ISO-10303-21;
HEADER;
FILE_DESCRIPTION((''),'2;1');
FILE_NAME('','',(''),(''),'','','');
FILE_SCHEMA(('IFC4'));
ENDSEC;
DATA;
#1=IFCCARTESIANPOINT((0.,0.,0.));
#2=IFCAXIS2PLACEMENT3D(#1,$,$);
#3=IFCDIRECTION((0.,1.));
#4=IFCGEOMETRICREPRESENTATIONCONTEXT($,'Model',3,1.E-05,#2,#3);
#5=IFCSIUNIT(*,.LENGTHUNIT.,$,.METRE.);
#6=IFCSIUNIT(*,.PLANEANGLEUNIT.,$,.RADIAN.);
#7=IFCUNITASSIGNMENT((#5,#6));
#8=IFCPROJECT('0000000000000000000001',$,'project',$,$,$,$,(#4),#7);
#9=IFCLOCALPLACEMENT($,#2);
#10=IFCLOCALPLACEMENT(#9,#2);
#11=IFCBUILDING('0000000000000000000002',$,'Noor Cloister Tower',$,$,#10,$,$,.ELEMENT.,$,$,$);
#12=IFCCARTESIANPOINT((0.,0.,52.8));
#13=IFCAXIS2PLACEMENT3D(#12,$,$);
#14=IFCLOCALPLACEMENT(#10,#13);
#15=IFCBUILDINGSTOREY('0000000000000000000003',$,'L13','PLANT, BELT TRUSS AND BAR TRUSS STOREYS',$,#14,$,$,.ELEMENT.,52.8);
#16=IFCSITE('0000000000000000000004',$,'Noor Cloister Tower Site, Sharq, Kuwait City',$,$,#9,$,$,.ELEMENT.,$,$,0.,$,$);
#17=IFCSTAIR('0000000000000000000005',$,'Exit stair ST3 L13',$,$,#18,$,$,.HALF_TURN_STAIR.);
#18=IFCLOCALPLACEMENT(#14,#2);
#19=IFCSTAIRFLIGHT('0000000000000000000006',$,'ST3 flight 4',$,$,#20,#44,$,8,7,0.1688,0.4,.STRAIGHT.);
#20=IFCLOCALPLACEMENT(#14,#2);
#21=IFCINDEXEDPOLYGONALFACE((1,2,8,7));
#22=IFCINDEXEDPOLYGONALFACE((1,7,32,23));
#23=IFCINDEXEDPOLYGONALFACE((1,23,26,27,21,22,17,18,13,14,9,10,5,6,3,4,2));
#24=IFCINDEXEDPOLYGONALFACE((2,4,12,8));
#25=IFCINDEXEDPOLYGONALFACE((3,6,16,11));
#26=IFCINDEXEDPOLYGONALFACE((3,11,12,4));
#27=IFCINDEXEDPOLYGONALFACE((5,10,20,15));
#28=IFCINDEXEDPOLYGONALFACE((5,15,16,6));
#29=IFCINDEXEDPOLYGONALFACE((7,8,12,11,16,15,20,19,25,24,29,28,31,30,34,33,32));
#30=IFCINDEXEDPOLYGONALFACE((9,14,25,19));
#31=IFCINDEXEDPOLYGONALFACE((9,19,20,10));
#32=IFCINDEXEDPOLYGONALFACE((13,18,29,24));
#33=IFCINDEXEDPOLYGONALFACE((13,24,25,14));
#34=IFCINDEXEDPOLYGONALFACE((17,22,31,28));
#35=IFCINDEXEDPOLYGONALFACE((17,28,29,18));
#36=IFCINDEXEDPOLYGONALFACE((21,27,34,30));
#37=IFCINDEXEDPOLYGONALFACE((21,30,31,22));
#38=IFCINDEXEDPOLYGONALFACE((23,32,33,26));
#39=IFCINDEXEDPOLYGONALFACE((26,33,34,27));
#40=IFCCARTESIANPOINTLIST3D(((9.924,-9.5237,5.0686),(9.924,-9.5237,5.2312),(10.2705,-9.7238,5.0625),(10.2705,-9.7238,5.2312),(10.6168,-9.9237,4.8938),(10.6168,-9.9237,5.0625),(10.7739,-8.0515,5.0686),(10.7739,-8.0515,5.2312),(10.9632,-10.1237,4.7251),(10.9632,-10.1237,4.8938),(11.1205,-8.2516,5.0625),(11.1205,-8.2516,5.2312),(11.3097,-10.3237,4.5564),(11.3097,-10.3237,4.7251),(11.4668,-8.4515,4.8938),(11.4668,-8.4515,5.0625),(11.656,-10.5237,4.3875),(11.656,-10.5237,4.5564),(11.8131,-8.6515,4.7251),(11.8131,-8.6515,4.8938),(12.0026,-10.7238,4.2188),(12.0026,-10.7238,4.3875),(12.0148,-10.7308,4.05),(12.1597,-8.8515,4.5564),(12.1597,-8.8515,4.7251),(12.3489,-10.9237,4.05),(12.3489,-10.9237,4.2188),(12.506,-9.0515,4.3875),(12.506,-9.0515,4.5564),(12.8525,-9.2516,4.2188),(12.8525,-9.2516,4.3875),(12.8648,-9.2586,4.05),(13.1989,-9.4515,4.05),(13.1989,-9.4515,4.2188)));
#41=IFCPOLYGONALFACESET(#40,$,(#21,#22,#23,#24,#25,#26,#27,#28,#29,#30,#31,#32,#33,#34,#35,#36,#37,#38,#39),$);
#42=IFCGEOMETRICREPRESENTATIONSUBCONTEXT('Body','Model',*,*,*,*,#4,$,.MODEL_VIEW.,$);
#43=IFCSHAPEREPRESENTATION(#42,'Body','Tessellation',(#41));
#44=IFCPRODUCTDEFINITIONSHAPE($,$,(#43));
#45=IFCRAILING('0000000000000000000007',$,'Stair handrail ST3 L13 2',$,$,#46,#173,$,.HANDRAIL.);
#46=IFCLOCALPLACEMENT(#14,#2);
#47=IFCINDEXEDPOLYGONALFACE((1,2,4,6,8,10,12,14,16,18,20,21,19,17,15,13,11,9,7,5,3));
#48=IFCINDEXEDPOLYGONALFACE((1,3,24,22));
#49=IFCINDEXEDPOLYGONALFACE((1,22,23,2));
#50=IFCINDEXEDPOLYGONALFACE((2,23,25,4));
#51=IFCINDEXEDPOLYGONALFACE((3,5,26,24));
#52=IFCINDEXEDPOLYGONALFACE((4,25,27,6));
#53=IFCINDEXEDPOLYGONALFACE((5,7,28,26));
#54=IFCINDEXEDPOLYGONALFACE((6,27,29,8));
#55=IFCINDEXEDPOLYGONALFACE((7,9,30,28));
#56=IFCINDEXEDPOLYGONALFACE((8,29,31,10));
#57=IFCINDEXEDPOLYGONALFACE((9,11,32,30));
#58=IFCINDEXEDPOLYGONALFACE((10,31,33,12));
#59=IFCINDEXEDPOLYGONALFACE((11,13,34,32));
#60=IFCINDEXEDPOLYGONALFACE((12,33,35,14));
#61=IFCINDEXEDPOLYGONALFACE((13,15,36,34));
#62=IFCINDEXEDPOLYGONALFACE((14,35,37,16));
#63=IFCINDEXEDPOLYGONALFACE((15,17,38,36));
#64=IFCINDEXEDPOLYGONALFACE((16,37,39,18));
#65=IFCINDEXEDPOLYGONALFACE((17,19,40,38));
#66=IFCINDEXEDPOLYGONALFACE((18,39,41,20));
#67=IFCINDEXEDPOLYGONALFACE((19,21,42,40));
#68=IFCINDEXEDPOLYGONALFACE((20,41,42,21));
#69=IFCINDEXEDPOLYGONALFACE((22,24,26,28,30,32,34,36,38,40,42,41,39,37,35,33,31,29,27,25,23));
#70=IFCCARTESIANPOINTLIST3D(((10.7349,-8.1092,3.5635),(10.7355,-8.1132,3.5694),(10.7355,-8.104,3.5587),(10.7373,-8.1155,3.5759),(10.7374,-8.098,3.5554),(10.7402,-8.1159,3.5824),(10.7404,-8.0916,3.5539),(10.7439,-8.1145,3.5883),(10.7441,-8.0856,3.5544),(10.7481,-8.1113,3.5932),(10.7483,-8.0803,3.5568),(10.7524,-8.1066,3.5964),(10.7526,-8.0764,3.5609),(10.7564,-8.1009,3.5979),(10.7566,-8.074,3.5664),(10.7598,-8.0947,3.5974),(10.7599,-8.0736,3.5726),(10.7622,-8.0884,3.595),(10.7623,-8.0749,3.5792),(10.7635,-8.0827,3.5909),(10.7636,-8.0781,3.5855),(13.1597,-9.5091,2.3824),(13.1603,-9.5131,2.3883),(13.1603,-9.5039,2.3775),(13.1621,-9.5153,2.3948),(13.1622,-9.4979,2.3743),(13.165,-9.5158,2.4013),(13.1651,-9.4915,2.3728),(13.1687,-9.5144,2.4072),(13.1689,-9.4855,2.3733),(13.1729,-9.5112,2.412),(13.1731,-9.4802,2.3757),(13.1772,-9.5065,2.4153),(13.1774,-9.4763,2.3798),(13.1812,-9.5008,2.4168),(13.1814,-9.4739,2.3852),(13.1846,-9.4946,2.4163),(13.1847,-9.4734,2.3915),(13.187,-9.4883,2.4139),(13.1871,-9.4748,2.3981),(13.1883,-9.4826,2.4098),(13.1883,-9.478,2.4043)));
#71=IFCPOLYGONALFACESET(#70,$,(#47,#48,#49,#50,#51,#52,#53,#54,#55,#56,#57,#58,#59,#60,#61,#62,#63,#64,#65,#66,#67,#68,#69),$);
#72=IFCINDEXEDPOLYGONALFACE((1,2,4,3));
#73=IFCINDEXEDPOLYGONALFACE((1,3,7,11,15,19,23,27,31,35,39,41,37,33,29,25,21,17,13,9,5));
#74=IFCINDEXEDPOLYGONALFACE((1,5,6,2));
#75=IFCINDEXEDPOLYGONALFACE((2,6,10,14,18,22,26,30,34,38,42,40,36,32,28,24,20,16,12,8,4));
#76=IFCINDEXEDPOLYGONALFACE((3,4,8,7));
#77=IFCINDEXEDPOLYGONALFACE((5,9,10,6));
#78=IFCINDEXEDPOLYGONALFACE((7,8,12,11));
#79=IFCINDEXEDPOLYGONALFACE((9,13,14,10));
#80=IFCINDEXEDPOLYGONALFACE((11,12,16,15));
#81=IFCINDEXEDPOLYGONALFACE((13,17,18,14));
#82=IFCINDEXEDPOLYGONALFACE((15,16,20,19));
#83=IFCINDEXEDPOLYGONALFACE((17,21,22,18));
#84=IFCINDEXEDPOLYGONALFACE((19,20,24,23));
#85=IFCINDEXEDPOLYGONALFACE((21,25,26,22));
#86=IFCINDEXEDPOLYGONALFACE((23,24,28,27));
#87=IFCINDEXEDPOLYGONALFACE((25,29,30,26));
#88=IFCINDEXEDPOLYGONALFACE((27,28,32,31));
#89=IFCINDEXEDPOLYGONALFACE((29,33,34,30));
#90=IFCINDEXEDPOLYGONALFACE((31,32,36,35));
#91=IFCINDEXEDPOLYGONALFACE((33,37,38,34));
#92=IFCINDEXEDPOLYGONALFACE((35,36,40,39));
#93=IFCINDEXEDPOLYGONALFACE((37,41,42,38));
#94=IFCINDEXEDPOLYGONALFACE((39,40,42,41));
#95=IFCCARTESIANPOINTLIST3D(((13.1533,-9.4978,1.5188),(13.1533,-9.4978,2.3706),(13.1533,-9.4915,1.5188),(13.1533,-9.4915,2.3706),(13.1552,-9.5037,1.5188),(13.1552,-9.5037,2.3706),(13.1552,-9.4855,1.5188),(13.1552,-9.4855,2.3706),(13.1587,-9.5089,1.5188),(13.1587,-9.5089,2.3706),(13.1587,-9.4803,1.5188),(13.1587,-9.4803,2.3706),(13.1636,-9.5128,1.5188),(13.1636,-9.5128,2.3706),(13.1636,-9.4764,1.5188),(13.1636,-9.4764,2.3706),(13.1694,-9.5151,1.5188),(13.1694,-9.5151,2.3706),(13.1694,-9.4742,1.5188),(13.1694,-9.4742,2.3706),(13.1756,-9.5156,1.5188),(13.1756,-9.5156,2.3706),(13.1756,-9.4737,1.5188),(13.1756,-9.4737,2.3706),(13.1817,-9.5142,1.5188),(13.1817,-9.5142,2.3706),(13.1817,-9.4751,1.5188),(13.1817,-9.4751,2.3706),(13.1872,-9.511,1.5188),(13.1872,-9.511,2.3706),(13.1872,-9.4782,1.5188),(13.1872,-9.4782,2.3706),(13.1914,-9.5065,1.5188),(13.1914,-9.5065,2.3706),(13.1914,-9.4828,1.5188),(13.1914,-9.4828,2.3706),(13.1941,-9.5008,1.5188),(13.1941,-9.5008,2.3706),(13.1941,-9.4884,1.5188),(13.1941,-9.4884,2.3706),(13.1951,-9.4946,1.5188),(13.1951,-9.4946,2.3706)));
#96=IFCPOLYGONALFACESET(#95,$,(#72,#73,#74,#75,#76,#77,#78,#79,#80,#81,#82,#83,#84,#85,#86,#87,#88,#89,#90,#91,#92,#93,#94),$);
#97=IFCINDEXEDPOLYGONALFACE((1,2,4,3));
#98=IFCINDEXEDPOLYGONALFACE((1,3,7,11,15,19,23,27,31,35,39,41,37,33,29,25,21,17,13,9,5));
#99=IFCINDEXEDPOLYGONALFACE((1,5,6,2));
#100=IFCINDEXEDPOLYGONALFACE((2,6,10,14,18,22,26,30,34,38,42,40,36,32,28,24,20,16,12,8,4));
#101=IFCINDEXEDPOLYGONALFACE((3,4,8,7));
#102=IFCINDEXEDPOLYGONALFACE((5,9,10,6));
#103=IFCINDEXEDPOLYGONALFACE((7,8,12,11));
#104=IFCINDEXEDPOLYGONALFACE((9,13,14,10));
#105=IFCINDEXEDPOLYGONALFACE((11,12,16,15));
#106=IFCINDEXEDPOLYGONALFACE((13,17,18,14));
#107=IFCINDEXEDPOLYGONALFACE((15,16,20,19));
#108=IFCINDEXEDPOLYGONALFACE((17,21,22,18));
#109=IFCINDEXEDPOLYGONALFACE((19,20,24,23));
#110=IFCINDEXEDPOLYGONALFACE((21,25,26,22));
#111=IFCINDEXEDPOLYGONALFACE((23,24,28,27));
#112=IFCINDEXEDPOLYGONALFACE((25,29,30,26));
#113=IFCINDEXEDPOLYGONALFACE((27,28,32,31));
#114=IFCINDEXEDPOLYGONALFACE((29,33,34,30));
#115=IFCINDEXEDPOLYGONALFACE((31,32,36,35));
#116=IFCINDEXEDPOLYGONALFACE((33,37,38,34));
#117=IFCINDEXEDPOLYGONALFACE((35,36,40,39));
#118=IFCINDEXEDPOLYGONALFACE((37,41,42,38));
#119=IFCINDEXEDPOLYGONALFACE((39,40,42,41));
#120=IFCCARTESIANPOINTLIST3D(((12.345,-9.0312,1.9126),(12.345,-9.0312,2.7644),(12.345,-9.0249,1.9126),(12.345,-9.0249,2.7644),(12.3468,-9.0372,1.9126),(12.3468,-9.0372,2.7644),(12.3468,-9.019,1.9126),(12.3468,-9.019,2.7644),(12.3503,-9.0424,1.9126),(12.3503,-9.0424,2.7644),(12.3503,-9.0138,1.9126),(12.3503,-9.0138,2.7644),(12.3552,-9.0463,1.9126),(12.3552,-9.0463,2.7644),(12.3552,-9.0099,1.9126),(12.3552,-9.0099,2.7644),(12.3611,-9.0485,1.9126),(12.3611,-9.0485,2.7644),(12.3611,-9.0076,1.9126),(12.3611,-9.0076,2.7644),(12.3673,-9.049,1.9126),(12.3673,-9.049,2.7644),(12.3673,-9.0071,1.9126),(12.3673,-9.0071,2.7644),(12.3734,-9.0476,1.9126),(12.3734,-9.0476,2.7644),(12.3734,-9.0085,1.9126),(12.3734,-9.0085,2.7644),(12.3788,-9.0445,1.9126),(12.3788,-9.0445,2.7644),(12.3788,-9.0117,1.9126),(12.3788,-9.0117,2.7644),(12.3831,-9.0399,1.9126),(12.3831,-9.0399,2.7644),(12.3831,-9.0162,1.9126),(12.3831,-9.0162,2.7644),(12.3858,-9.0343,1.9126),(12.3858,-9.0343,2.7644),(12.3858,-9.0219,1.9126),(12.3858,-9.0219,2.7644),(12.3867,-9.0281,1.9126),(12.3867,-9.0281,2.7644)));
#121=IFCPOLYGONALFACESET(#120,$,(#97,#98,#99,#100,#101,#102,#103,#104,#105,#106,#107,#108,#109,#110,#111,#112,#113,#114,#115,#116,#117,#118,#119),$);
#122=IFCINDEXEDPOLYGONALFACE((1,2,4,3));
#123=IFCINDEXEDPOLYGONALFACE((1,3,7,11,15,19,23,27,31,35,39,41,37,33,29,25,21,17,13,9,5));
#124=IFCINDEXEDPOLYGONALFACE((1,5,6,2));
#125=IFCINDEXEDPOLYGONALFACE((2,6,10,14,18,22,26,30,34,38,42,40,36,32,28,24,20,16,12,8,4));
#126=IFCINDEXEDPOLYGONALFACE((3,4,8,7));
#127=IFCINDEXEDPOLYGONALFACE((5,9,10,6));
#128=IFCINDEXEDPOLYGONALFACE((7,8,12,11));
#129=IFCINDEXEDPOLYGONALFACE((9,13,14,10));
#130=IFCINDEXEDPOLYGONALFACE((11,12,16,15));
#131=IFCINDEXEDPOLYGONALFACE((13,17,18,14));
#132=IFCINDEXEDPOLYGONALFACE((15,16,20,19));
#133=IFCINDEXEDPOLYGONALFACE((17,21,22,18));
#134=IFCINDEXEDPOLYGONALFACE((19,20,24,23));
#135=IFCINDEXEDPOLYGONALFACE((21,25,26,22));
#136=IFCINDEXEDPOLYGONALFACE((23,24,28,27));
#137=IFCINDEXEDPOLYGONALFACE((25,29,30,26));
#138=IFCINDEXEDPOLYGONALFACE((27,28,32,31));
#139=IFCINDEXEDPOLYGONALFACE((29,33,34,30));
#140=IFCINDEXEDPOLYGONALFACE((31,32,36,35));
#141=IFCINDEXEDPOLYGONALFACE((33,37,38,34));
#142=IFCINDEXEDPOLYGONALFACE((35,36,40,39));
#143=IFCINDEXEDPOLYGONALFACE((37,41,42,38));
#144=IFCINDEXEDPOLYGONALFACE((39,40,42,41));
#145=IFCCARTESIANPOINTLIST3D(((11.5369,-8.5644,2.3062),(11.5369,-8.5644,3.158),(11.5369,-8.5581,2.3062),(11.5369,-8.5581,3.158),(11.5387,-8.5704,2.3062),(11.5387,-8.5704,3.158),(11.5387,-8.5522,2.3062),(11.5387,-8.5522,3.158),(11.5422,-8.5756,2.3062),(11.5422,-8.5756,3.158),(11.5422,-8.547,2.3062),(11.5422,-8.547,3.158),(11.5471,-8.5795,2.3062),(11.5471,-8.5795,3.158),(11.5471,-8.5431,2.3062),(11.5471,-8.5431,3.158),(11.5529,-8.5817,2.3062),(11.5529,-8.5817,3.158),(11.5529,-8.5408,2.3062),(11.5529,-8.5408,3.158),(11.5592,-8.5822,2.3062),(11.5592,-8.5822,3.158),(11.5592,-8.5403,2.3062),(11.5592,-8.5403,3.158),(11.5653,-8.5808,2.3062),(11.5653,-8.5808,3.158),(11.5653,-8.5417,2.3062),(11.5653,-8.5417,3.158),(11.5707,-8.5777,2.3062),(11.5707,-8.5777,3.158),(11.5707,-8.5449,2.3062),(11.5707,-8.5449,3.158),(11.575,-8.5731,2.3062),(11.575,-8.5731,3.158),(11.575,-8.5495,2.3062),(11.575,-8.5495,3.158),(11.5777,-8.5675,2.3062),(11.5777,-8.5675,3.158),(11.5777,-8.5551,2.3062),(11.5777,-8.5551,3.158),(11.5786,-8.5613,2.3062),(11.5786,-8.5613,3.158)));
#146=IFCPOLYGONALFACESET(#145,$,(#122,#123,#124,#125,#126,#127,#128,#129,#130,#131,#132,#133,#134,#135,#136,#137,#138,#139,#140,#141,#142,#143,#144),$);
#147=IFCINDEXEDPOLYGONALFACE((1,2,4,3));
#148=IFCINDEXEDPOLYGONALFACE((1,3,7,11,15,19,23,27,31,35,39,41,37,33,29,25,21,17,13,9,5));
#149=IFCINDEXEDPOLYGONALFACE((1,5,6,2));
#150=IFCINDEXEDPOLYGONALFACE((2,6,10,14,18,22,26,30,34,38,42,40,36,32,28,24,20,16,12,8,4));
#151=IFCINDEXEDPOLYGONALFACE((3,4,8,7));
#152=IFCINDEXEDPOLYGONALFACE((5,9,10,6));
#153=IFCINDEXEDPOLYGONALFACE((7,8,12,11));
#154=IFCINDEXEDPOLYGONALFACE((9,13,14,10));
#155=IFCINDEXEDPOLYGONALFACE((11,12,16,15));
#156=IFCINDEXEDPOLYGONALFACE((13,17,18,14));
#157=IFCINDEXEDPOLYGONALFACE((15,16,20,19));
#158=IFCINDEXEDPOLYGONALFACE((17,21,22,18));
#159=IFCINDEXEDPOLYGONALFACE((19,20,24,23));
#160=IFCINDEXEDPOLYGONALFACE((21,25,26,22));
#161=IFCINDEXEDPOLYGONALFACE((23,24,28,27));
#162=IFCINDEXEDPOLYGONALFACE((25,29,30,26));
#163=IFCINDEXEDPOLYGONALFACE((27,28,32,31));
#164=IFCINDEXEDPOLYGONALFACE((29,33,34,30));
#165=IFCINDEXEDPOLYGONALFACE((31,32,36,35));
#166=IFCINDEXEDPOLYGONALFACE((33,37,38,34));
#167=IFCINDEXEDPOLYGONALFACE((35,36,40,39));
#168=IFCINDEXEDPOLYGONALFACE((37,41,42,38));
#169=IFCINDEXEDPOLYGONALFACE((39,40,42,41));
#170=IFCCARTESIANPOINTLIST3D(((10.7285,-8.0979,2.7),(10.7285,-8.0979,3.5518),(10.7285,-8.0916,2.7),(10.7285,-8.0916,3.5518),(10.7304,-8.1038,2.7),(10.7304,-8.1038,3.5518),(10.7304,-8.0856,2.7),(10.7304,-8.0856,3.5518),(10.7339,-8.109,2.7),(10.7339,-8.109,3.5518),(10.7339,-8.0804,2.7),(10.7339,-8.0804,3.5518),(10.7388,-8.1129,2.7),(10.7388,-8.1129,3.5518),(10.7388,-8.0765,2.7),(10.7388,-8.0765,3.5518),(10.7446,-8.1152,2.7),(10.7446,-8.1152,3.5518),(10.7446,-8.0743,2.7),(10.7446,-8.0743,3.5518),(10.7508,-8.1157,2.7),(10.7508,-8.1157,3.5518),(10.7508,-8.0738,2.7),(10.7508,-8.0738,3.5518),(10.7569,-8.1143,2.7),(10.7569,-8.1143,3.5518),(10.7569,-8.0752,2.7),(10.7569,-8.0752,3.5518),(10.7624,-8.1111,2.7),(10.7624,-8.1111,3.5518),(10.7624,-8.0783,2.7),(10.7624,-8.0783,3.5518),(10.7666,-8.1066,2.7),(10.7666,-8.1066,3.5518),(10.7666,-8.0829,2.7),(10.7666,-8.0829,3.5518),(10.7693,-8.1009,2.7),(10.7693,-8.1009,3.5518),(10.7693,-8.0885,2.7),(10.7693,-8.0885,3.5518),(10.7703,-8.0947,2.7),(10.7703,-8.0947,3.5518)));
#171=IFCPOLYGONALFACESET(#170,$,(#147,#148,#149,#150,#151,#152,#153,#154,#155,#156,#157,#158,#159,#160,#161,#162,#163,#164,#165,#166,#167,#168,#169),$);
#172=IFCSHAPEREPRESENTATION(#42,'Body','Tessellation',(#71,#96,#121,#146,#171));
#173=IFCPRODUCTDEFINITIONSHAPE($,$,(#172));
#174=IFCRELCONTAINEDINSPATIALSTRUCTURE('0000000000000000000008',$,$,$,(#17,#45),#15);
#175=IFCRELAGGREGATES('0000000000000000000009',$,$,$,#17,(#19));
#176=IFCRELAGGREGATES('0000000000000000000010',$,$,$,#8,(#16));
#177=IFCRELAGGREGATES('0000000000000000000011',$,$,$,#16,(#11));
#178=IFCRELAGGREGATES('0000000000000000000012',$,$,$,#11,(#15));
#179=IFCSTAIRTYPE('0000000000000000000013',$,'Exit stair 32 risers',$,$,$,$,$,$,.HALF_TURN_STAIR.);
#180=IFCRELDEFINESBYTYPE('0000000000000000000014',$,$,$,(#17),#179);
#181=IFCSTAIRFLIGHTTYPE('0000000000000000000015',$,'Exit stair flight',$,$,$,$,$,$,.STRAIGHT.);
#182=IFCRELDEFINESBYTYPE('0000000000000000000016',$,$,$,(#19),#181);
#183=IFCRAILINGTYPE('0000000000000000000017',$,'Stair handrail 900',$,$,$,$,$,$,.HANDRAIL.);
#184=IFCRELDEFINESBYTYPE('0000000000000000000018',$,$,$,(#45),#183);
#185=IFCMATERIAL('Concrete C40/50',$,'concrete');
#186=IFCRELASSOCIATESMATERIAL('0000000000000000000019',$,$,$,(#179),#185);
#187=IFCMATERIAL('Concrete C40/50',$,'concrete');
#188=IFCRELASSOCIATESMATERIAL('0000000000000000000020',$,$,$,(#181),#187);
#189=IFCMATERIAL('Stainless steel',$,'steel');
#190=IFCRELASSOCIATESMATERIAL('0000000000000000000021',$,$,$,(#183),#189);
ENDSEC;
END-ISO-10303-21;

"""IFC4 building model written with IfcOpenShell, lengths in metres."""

from ifc_helpers import new_model, si_unit, direction, frame, origin, origin_2d, place, context, subcontext, project, spatial, polyline, circle, outline, extrude, material, type_object, element, aggregate, save


model = new_model("IFC4")

# Units and contexts
model_context = context("Model", 3, precision=1e-05, world=origin(), true_north=direction((0.0, 1.0)))
body_context = subcontext(model_context, "Body", "Model", "MODEL_VIEW")
ifc_project = project(units=[si_unit("LENGTHUNIT", "METRE"), si_unit("PLANEANGLEUNIT", "RADIAN")], contexts=[model_context])

# Site, building, storey
site_placement = place(None, origin())
site = spatial("IfcSite", under=ifc_project, at=site_placement, Name="Noor Cloister Tower Site, Sharq, Kuwait City", CompositionType="ELEMENT", RefElevation=0.0)
building_placement = place(site_placement, origin())
building = spatial("IfcBuilding", under=site, at=building_placement, Name="Noor Cloister Tower", CompositionType="ELEMENT")
storey_placement = place(building_placement, frame((0.0, 0.0, 52.8)))
storey = spatial("IfcBuildingStorey", under=building, at=storey_placement, Name="L13", Description="PLANT, BELT TRUSS AND BAR TRUSS STOREYS", CompositionType="ELEMENT", Elevation=52.8)

# Stair, stair flight
ifc_material_1 = material(Name="Concrete C40/50", Category="concrete")
stair_type = type_object("IfcStairType", Name="Exit stair 32 risers", PredefinedType="HALF_TURN_STAIR", material=ifc_material_1)
stair_placement = place(storey_placement, origin())
stair = element("IfcStair", 1, at=stair_placement, inside=storey, type_object=stair_type, Name="Exit stair ST3 L13", PredefinedType="HALF_TURN_STAIR")
ifc_material_2 = material(Name="Concrete C40/50", Category="concrete")
stair_flight_type = type_object("IfcStairFlightType", Name="Exit stair flight", PredefinedType="STRAIGHT", material=ifc_material_2)
stair_flight_1_placement = place(storey_placement, frame((12.7739, -10.1875, 4.05), z_axis=(0.0, 0.0, 1.0), x_axis=(-0.866025, 0.5, 0.0)))
stair_flight_1 = element("IfcStairFlight", 2, at=stair_flight_1_placement, type_object=stair_flight_type, Name="ST3 flight 4", NumberOfRisers=8, NumberOfTreads=7, PredefinedType="STRAIGHT", RiserHeight=0.1688, TreadLength=0.4, context=body_context, shape_type="SweptSolid", body=[
    extrude(outline(polyline([(0.0, 0.0), (0.0, 0.1687), (0.3999, 0.1687), (0.3999, 0.3374), (0.8, 0.3374), (0.8, 0.5063), (1.2, 0.5063), (1.2, 0.675), (1.6001, 0.675), (1.6001, 0.8438), (2.0, 0.8438), (2.0, 1.0125), (2.3999, 1.0125), (2.3999, 1.1812), (2.8, 1.1812), (2.8, 1.3501), (2.8, 1.0186), (0.3857, 0.0), (0.0, 0.0)])), frame((0.0, 0.8501, 0.0), z_axis=(0.0, -1.0, 0.0), x_axis=(1.0, 0.0, 0.0)), (0.0, 0.0, 1.0), 1.7),
])
aggregate(stair, [stair_flight_1])

# Railing
ifc_material_3 = material(Name="Stainless steel", Category="steel")
railing_type_1 = type_object("IfcRailingType", Name="Stair handrail 900", PredefinedType="HANDRAIL", material=ifc_material_3)
for number, where, name in (
    (3, (13.1741, -9.4946, 1.5188), "Stair handrail ST3 L13 2"),
):
    element("IfcRailing", number, at=place(storey_placement, frame(where)), inside=storey, type_object=railing_type_1, Name=name, PredefinedType="HANDRAIL", context=body_context, shape_type="SweptSolid", body=[
        extrude(circle(Radius=0.0239, at=origin_2d()), frame((0.0, 0.0, 0.876), z_axis=(-0.797939, 0.460671, 0.388686), x_axis=(-0.499984, -0.866035, 0.0)), (0.0, 0.0, 1.0), 3.0388),
        extrude(circle(Radius=0.021, at=origin_2d()), origin(), (0.0, 0.0, 1.0), 0.8518),
        extrude(circle(Radius=0.021, at=origin_2d()), frame((-0.8083, 0.4666, 0.3938)), (0.0, 0.0, 1.0), 0.8518),
        extrude(circle(Radius=0.021, at=origin_2d()), frame((-1.6165, 0.9333, 0.7874)), (0.0, 0.0, 1.0), 0.8518),
        extrude(circle(Radius=0.021, at=origin_2d()), frame((-2.4248, 1.3999, 1.1812)), (0.0, 0.0, 1.0), 0.8518),
    ])

save(model, "model.ifc")
